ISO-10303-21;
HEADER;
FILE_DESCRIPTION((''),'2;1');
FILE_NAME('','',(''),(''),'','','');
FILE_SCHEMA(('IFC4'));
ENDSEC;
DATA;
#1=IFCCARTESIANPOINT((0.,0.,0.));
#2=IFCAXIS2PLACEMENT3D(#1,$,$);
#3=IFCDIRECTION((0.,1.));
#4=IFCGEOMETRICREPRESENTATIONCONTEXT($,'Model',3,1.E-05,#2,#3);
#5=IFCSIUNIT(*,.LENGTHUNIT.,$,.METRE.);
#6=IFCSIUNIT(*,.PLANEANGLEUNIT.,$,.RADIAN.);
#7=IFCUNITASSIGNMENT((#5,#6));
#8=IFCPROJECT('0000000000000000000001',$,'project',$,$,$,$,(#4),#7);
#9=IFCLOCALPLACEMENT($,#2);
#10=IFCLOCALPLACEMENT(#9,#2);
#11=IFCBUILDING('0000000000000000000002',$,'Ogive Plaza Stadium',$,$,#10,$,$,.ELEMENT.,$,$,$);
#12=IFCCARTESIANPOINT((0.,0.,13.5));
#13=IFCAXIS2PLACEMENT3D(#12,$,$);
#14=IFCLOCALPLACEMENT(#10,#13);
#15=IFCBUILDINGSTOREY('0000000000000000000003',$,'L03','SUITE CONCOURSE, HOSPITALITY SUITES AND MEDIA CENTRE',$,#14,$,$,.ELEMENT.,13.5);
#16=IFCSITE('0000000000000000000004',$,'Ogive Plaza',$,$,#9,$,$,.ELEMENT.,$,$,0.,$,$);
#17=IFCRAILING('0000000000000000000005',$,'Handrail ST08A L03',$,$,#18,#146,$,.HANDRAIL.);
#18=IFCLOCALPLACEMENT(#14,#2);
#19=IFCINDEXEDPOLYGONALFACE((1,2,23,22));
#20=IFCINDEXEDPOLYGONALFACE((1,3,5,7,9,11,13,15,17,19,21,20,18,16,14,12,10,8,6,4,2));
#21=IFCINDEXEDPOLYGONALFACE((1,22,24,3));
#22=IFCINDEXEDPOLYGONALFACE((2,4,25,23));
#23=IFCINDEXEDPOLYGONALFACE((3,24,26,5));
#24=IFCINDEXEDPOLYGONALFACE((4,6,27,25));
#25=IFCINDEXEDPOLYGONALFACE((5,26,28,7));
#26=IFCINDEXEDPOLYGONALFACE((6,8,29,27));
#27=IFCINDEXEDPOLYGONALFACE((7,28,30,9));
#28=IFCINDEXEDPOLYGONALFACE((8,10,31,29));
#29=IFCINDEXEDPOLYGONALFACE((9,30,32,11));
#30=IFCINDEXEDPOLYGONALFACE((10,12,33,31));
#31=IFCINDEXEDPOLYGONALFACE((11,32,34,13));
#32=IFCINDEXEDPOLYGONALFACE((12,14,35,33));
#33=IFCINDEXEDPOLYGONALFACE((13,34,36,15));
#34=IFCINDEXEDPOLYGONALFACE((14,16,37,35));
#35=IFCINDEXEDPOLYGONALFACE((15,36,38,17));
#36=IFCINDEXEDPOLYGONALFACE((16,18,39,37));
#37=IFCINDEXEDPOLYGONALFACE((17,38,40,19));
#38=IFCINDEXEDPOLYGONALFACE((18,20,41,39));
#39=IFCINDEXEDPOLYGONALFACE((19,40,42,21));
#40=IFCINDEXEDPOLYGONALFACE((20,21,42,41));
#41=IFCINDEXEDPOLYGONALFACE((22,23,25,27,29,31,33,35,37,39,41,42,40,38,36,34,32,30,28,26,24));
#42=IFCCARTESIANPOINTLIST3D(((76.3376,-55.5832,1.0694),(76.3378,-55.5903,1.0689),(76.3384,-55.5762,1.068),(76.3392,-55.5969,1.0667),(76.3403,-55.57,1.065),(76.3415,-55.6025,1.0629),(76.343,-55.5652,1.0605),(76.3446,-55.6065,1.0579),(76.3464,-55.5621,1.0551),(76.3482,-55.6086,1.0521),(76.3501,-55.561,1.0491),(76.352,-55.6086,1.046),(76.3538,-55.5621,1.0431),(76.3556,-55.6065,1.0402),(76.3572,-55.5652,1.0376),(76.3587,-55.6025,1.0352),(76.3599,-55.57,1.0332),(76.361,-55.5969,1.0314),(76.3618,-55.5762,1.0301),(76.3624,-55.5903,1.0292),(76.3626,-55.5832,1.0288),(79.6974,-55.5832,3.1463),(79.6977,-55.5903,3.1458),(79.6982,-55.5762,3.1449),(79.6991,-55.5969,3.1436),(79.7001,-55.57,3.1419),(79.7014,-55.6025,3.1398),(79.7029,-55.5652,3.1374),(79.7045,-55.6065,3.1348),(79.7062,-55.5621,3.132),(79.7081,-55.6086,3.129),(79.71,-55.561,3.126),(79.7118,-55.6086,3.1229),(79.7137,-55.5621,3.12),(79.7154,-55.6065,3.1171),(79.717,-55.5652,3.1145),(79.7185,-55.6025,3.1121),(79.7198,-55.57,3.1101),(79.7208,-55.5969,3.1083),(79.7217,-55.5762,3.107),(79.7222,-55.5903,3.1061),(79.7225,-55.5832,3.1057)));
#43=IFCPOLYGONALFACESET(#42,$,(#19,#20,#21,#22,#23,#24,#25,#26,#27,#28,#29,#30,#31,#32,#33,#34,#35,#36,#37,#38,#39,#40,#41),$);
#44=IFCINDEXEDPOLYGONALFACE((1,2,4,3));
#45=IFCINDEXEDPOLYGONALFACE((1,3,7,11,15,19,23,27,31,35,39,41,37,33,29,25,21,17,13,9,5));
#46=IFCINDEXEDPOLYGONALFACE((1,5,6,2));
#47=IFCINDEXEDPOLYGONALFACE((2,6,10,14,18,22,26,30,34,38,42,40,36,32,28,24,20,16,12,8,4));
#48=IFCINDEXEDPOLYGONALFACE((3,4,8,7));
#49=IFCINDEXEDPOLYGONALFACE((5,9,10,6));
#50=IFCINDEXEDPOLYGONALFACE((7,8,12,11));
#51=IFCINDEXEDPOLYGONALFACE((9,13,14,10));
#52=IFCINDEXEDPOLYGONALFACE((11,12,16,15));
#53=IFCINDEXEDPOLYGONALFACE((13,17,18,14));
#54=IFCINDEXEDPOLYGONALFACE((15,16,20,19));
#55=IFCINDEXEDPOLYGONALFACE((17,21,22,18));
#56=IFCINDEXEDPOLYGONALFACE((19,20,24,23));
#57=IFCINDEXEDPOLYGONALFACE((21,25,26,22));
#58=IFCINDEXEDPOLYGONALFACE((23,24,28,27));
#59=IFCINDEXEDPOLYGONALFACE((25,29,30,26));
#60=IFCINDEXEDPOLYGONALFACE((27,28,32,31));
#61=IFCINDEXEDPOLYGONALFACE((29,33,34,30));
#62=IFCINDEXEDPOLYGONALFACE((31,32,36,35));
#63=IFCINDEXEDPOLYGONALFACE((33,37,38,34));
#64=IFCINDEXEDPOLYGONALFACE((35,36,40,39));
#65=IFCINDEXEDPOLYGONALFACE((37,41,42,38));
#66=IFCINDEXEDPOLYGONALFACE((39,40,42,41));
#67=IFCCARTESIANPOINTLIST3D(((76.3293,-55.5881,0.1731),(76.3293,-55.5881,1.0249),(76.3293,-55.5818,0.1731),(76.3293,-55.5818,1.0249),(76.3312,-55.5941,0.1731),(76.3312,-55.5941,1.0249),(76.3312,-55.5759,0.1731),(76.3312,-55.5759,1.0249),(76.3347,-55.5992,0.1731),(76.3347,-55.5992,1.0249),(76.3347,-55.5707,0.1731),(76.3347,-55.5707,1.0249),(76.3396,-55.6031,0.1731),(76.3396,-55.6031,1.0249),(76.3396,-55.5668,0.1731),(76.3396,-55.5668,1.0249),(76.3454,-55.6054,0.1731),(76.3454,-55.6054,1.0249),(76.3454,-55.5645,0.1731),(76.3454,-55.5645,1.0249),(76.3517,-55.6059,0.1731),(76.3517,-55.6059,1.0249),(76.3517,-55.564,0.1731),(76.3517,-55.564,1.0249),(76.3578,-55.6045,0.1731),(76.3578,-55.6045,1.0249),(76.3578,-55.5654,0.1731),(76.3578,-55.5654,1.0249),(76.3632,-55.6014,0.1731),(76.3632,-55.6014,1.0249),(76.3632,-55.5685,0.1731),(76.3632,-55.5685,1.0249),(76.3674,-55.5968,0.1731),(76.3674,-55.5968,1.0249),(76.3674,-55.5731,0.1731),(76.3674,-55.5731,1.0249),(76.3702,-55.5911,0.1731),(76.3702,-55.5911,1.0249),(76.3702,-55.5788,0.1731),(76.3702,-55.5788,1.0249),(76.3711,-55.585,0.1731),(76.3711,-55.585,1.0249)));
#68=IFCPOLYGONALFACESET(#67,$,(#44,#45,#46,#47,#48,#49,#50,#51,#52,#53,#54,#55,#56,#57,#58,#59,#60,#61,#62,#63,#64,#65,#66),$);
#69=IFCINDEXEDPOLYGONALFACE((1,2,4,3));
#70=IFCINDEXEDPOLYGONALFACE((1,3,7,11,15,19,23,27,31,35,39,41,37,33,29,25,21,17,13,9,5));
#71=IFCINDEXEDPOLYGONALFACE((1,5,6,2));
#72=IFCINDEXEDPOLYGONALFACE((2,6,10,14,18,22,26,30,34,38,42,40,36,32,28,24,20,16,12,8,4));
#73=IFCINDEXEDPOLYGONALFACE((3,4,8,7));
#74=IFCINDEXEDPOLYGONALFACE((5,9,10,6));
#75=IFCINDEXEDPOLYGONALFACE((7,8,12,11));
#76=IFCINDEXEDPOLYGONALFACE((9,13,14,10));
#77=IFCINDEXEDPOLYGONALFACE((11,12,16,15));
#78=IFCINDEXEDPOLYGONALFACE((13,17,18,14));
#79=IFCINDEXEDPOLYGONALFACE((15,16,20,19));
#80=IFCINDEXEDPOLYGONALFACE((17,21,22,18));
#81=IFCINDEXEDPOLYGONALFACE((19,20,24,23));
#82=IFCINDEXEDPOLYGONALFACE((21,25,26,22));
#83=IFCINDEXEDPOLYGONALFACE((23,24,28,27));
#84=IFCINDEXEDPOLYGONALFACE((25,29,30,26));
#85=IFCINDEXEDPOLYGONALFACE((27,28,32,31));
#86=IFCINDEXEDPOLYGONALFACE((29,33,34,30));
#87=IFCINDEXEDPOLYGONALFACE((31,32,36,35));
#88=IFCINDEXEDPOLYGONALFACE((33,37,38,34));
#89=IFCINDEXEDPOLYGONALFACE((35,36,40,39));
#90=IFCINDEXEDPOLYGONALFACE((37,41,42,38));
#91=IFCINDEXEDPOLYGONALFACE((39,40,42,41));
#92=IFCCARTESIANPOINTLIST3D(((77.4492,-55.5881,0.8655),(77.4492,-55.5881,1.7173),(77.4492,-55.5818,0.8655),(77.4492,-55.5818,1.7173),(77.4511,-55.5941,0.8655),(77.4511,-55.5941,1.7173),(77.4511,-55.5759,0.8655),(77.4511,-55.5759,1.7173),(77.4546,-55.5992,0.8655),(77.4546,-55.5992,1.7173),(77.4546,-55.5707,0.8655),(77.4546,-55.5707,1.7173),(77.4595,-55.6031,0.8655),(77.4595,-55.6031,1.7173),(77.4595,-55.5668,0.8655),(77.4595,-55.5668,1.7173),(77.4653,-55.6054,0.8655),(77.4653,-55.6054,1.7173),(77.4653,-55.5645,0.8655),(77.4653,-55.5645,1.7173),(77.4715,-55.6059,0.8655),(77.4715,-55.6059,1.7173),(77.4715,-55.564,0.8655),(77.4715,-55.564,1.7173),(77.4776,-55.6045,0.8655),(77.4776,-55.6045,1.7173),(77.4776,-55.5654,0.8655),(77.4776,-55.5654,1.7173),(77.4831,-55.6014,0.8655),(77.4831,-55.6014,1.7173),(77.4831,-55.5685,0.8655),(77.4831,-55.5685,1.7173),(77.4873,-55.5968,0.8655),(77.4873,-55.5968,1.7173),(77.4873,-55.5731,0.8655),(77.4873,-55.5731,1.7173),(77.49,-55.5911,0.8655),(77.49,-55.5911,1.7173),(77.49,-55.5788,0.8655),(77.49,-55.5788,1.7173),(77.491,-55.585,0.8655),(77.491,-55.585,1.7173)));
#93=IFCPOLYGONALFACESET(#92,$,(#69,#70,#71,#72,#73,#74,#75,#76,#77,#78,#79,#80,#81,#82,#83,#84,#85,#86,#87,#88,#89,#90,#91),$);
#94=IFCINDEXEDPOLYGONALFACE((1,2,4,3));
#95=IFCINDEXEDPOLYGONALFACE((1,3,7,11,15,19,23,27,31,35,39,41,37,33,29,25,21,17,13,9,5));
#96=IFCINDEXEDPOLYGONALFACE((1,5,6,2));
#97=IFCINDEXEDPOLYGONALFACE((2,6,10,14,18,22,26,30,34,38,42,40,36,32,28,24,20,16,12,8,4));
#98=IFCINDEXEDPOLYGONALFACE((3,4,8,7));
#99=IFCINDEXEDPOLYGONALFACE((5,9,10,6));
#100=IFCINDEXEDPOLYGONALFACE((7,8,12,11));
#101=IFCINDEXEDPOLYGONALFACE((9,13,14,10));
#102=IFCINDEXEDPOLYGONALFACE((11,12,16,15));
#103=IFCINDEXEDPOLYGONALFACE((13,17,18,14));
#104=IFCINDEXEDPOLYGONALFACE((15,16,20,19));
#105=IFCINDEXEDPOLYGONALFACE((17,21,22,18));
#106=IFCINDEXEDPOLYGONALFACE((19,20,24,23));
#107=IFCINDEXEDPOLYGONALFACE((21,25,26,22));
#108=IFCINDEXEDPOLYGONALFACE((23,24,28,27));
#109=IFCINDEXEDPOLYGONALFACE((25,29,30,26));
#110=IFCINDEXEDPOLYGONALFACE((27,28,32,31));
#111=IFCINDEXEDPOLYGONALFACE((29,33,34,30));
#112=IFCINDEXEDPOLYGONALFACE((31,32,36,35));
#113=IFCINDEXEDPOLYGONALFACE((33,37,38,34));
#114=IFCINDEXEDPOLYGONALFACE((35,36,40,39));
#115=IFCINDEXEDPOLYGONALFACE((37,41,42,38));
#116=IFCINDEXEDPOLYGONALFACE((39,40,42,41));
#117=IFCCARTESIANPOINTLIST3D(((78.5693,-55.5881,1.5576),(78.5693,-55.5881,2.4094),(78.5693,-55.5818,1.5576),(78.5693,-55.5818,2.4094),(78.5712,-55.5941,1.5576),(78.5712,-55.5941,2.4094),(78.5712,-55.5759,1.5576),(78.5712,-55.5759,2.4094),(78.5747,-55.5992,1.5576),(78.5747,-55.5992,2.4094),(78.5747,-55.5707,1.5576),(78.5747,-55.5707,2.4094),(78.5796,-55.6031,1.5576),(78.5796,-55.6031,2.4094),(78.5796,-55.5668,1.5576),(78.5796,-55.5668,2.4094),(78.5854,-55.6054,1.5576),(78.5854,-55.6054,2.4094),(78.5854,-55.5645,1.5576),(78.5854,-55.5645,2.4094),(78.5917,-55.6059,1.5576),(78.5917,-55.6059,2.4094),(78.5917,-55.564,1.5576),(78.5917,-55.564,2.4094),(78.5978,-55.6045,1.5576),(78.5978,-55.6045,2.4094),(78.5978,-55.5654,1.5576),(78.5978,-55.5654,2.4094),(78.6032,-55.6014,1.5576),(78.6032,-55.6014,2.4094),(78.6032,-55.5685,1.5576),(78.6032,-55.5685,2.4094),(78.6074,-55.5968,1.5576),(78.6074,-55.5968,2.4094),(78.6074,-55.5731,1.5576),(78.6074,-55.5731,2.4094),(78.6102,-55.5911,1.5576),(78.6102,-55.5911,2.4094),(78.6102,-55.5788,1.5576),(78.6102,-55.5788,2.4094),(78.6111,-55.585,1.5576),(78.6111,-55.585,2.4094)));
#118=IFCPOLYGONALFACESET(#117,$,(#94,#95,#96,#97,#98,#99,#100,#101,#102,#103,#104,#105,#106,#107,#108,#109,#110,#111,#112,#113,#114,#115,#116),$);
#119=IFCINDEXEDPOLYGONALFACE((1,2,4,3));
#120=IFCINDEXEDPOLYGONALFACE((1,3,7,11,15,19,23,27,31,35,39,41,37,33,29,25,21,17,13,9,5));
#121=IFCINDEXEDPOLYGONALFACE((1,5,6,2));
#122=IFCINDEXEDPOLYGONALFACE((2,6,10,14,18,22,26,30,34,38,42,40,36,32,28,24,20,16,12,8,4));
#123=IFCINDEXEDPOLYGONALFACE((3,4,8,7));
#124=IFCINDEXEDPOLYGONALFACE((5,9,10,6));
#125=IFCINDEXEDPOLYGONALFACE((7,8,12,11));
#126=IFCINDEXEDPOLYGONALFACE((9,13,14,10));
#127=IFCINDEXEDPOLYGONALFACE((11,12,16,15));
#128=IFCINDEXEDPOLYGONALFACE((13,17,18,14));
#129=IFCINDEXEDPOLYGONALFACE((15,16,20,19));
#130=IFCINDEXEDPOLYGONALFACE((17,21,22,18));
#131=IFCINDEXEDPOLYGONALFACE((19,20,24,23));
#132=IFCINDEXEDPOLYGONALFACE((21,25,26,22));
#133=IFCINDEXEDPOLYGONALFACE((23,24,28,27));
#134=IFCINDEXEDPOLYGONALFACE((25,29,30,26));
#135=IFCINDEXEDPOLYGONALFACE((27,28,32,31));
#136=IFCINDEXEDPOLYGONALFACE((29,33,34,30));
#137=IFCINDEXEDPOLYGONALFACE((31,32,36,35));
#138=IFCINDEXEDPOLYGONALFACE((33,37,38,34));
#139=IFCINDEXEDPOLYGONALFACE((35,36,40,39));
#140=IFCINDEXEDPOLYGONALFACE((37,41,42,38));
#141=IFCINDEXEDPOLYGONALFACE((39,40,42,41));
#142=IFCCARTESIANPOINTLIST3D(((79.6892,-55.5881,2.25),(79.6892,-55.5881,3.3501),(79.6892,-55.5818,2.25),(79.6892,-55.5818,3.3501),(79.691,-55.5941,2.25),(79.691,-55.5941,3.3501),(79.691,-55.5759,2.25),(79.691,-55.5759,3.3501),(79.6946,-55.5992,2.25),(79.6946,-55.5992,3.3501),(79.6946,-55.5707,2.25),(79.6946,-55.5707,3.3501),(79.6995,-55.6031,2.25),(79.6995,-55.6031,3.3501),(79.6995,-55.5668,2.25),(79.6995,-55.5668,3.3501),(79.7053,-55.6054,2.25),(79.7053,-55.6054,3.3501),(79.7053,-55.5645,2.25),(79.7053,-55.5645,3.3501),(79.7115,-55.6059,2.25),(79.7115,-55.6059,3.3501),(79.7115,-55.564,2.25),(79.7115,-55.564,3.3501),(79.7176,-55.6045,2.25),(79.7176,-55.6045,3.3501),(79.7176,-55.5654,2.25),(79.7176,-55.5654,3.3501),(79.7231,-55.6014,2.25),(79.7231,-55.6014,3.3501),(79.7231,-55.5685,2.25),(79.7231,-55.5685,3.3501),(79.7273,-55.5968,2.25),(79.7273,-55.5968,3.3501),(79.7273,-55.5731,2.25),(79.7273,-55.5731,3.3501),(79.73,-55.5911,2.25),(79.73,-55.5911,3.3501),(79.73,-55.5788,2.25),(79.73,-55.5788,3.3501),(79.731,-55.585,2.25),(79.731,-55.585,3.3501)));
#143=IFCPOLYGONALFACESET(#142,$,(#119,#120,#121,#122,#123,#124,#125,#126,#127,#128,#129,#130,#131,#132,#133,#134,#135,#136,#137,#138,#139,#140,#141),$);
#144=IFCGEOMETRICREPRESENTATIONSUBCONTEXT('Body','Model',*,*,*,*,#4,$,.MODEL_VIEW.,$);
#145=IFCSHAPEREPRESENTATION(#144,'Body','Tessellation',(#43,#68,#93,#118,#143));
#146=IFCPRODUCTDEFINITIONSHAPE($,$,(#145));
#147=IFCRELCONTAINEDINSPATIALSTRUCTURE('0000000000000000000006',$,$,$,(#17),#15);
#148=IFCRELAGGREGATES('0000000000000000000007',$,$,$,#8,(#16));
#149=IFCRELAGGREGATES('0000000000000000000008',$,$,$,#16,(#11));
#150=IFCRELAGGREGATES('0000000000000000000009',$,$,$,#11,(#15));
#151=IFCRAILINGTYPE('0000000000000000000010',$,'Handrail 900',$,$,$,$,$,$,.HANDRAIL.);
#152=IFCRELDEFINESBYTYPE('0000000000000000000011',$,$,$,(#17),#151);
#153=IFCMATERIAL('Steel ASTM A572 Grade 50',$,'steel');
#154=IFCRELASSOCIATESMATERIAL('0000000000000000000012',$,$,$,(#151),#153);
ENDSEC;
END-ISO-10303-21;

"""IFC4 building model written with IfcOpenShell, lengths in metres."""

from ifc_helpers import new_model, si_unit, direction, frame, origin, origin_2d, place, context, subcontext, project, spatial, circle, extrude, material, type_object, element, save


model = new_model("IFC4")

# Units and contexts
model_context = context("Model", 3, precision=1e-05, world=origin(), true_north=direction((0.0, 1.0)))
body_context = subcontext(model_context, "Body", "Model", "MODEL_VIEW")
ifc_project = project(units=[si_unit("LENGTHUNIT", "METRE"), si_unit("PLANEANGLEUNIT", "RADIAN")], contexts=[model_context])

# Site, building, storey
site_placement = place(None, origin())
site = spatial("IfcSite", under=ifc_project, at=site_placement, Name="Ogive Plaza", CompositionType="ELEMENT", RefElevation=0.0)
building_placement = place(site_placement, origin())
building = spatial("IfcBuilding", under=site, at=building_placement, Name="Ogive Plaza Stadium", CompositionType="ELEMENT")
storey_placement = place(building_placement, frame((0.0, 0.0, 13.5)))
storey = spatial("IfcBuildingStorey", under=building, at=storey_placement, Name="L03", Description="SUITE CONCOURSE, HOSPITALITY SUITES AND MEDIA CENTRE", CompositionType="ELEMENT", Elevation=13.5)

# Railing
ifc_material_1 = material(Name="Steel ASTM A572 Grade 50", Category="steel")
railing_type_1 = type_object("IfcRailingType", Name="Handrail 900", PredefinedType="HANDRAIL", material=ifc_material_1)
for number, where, name in (
    (1, (76.3501, -55.585, 0.1731), "Handrail ST08A L03"),
):
    element("IfcRailing", number, at=place(storey_placement, frame(where)), inside=storey, type_object=railing_type_1, Name=name, PredefinedType="HANDRAIL", context=body_context, shape_type="SweptSolid", body=[
        extrude(circle(Radius=0.0239, at=origin_2d()), frame((0.0, 0.0, 0.876), z_axis=(0.850606, 0.0, 0.525803), x_axis=(0.0, 1.0, 0.0)), (0.0, 0.0, 1.0), 3.95),
        extrude(circle(Radius=0.021, at=origin_2d()), origin(), (0.0, 0.0, 1.0), 0.8518),
        extrude(circle(Radius=0.021, at=origin_2d()), frame((1.1199, 0.0, 0.6924)), (0.0, 0.0, 1.0), 0.8518),
        extrude(circle(Radius=0.021, at=origin_2d()), frame((2.24, 0.0, 1.3845)), (0.0, 0.0, 1.0), 0.8518),
        extrude(circle(Radius=0.021, at=origin_2d()), frame((3.3599, 0.0, 2.0769)), (0.0, 0.0, 1.0), 1.1001),
    ])

save(model, "model.ifc")
